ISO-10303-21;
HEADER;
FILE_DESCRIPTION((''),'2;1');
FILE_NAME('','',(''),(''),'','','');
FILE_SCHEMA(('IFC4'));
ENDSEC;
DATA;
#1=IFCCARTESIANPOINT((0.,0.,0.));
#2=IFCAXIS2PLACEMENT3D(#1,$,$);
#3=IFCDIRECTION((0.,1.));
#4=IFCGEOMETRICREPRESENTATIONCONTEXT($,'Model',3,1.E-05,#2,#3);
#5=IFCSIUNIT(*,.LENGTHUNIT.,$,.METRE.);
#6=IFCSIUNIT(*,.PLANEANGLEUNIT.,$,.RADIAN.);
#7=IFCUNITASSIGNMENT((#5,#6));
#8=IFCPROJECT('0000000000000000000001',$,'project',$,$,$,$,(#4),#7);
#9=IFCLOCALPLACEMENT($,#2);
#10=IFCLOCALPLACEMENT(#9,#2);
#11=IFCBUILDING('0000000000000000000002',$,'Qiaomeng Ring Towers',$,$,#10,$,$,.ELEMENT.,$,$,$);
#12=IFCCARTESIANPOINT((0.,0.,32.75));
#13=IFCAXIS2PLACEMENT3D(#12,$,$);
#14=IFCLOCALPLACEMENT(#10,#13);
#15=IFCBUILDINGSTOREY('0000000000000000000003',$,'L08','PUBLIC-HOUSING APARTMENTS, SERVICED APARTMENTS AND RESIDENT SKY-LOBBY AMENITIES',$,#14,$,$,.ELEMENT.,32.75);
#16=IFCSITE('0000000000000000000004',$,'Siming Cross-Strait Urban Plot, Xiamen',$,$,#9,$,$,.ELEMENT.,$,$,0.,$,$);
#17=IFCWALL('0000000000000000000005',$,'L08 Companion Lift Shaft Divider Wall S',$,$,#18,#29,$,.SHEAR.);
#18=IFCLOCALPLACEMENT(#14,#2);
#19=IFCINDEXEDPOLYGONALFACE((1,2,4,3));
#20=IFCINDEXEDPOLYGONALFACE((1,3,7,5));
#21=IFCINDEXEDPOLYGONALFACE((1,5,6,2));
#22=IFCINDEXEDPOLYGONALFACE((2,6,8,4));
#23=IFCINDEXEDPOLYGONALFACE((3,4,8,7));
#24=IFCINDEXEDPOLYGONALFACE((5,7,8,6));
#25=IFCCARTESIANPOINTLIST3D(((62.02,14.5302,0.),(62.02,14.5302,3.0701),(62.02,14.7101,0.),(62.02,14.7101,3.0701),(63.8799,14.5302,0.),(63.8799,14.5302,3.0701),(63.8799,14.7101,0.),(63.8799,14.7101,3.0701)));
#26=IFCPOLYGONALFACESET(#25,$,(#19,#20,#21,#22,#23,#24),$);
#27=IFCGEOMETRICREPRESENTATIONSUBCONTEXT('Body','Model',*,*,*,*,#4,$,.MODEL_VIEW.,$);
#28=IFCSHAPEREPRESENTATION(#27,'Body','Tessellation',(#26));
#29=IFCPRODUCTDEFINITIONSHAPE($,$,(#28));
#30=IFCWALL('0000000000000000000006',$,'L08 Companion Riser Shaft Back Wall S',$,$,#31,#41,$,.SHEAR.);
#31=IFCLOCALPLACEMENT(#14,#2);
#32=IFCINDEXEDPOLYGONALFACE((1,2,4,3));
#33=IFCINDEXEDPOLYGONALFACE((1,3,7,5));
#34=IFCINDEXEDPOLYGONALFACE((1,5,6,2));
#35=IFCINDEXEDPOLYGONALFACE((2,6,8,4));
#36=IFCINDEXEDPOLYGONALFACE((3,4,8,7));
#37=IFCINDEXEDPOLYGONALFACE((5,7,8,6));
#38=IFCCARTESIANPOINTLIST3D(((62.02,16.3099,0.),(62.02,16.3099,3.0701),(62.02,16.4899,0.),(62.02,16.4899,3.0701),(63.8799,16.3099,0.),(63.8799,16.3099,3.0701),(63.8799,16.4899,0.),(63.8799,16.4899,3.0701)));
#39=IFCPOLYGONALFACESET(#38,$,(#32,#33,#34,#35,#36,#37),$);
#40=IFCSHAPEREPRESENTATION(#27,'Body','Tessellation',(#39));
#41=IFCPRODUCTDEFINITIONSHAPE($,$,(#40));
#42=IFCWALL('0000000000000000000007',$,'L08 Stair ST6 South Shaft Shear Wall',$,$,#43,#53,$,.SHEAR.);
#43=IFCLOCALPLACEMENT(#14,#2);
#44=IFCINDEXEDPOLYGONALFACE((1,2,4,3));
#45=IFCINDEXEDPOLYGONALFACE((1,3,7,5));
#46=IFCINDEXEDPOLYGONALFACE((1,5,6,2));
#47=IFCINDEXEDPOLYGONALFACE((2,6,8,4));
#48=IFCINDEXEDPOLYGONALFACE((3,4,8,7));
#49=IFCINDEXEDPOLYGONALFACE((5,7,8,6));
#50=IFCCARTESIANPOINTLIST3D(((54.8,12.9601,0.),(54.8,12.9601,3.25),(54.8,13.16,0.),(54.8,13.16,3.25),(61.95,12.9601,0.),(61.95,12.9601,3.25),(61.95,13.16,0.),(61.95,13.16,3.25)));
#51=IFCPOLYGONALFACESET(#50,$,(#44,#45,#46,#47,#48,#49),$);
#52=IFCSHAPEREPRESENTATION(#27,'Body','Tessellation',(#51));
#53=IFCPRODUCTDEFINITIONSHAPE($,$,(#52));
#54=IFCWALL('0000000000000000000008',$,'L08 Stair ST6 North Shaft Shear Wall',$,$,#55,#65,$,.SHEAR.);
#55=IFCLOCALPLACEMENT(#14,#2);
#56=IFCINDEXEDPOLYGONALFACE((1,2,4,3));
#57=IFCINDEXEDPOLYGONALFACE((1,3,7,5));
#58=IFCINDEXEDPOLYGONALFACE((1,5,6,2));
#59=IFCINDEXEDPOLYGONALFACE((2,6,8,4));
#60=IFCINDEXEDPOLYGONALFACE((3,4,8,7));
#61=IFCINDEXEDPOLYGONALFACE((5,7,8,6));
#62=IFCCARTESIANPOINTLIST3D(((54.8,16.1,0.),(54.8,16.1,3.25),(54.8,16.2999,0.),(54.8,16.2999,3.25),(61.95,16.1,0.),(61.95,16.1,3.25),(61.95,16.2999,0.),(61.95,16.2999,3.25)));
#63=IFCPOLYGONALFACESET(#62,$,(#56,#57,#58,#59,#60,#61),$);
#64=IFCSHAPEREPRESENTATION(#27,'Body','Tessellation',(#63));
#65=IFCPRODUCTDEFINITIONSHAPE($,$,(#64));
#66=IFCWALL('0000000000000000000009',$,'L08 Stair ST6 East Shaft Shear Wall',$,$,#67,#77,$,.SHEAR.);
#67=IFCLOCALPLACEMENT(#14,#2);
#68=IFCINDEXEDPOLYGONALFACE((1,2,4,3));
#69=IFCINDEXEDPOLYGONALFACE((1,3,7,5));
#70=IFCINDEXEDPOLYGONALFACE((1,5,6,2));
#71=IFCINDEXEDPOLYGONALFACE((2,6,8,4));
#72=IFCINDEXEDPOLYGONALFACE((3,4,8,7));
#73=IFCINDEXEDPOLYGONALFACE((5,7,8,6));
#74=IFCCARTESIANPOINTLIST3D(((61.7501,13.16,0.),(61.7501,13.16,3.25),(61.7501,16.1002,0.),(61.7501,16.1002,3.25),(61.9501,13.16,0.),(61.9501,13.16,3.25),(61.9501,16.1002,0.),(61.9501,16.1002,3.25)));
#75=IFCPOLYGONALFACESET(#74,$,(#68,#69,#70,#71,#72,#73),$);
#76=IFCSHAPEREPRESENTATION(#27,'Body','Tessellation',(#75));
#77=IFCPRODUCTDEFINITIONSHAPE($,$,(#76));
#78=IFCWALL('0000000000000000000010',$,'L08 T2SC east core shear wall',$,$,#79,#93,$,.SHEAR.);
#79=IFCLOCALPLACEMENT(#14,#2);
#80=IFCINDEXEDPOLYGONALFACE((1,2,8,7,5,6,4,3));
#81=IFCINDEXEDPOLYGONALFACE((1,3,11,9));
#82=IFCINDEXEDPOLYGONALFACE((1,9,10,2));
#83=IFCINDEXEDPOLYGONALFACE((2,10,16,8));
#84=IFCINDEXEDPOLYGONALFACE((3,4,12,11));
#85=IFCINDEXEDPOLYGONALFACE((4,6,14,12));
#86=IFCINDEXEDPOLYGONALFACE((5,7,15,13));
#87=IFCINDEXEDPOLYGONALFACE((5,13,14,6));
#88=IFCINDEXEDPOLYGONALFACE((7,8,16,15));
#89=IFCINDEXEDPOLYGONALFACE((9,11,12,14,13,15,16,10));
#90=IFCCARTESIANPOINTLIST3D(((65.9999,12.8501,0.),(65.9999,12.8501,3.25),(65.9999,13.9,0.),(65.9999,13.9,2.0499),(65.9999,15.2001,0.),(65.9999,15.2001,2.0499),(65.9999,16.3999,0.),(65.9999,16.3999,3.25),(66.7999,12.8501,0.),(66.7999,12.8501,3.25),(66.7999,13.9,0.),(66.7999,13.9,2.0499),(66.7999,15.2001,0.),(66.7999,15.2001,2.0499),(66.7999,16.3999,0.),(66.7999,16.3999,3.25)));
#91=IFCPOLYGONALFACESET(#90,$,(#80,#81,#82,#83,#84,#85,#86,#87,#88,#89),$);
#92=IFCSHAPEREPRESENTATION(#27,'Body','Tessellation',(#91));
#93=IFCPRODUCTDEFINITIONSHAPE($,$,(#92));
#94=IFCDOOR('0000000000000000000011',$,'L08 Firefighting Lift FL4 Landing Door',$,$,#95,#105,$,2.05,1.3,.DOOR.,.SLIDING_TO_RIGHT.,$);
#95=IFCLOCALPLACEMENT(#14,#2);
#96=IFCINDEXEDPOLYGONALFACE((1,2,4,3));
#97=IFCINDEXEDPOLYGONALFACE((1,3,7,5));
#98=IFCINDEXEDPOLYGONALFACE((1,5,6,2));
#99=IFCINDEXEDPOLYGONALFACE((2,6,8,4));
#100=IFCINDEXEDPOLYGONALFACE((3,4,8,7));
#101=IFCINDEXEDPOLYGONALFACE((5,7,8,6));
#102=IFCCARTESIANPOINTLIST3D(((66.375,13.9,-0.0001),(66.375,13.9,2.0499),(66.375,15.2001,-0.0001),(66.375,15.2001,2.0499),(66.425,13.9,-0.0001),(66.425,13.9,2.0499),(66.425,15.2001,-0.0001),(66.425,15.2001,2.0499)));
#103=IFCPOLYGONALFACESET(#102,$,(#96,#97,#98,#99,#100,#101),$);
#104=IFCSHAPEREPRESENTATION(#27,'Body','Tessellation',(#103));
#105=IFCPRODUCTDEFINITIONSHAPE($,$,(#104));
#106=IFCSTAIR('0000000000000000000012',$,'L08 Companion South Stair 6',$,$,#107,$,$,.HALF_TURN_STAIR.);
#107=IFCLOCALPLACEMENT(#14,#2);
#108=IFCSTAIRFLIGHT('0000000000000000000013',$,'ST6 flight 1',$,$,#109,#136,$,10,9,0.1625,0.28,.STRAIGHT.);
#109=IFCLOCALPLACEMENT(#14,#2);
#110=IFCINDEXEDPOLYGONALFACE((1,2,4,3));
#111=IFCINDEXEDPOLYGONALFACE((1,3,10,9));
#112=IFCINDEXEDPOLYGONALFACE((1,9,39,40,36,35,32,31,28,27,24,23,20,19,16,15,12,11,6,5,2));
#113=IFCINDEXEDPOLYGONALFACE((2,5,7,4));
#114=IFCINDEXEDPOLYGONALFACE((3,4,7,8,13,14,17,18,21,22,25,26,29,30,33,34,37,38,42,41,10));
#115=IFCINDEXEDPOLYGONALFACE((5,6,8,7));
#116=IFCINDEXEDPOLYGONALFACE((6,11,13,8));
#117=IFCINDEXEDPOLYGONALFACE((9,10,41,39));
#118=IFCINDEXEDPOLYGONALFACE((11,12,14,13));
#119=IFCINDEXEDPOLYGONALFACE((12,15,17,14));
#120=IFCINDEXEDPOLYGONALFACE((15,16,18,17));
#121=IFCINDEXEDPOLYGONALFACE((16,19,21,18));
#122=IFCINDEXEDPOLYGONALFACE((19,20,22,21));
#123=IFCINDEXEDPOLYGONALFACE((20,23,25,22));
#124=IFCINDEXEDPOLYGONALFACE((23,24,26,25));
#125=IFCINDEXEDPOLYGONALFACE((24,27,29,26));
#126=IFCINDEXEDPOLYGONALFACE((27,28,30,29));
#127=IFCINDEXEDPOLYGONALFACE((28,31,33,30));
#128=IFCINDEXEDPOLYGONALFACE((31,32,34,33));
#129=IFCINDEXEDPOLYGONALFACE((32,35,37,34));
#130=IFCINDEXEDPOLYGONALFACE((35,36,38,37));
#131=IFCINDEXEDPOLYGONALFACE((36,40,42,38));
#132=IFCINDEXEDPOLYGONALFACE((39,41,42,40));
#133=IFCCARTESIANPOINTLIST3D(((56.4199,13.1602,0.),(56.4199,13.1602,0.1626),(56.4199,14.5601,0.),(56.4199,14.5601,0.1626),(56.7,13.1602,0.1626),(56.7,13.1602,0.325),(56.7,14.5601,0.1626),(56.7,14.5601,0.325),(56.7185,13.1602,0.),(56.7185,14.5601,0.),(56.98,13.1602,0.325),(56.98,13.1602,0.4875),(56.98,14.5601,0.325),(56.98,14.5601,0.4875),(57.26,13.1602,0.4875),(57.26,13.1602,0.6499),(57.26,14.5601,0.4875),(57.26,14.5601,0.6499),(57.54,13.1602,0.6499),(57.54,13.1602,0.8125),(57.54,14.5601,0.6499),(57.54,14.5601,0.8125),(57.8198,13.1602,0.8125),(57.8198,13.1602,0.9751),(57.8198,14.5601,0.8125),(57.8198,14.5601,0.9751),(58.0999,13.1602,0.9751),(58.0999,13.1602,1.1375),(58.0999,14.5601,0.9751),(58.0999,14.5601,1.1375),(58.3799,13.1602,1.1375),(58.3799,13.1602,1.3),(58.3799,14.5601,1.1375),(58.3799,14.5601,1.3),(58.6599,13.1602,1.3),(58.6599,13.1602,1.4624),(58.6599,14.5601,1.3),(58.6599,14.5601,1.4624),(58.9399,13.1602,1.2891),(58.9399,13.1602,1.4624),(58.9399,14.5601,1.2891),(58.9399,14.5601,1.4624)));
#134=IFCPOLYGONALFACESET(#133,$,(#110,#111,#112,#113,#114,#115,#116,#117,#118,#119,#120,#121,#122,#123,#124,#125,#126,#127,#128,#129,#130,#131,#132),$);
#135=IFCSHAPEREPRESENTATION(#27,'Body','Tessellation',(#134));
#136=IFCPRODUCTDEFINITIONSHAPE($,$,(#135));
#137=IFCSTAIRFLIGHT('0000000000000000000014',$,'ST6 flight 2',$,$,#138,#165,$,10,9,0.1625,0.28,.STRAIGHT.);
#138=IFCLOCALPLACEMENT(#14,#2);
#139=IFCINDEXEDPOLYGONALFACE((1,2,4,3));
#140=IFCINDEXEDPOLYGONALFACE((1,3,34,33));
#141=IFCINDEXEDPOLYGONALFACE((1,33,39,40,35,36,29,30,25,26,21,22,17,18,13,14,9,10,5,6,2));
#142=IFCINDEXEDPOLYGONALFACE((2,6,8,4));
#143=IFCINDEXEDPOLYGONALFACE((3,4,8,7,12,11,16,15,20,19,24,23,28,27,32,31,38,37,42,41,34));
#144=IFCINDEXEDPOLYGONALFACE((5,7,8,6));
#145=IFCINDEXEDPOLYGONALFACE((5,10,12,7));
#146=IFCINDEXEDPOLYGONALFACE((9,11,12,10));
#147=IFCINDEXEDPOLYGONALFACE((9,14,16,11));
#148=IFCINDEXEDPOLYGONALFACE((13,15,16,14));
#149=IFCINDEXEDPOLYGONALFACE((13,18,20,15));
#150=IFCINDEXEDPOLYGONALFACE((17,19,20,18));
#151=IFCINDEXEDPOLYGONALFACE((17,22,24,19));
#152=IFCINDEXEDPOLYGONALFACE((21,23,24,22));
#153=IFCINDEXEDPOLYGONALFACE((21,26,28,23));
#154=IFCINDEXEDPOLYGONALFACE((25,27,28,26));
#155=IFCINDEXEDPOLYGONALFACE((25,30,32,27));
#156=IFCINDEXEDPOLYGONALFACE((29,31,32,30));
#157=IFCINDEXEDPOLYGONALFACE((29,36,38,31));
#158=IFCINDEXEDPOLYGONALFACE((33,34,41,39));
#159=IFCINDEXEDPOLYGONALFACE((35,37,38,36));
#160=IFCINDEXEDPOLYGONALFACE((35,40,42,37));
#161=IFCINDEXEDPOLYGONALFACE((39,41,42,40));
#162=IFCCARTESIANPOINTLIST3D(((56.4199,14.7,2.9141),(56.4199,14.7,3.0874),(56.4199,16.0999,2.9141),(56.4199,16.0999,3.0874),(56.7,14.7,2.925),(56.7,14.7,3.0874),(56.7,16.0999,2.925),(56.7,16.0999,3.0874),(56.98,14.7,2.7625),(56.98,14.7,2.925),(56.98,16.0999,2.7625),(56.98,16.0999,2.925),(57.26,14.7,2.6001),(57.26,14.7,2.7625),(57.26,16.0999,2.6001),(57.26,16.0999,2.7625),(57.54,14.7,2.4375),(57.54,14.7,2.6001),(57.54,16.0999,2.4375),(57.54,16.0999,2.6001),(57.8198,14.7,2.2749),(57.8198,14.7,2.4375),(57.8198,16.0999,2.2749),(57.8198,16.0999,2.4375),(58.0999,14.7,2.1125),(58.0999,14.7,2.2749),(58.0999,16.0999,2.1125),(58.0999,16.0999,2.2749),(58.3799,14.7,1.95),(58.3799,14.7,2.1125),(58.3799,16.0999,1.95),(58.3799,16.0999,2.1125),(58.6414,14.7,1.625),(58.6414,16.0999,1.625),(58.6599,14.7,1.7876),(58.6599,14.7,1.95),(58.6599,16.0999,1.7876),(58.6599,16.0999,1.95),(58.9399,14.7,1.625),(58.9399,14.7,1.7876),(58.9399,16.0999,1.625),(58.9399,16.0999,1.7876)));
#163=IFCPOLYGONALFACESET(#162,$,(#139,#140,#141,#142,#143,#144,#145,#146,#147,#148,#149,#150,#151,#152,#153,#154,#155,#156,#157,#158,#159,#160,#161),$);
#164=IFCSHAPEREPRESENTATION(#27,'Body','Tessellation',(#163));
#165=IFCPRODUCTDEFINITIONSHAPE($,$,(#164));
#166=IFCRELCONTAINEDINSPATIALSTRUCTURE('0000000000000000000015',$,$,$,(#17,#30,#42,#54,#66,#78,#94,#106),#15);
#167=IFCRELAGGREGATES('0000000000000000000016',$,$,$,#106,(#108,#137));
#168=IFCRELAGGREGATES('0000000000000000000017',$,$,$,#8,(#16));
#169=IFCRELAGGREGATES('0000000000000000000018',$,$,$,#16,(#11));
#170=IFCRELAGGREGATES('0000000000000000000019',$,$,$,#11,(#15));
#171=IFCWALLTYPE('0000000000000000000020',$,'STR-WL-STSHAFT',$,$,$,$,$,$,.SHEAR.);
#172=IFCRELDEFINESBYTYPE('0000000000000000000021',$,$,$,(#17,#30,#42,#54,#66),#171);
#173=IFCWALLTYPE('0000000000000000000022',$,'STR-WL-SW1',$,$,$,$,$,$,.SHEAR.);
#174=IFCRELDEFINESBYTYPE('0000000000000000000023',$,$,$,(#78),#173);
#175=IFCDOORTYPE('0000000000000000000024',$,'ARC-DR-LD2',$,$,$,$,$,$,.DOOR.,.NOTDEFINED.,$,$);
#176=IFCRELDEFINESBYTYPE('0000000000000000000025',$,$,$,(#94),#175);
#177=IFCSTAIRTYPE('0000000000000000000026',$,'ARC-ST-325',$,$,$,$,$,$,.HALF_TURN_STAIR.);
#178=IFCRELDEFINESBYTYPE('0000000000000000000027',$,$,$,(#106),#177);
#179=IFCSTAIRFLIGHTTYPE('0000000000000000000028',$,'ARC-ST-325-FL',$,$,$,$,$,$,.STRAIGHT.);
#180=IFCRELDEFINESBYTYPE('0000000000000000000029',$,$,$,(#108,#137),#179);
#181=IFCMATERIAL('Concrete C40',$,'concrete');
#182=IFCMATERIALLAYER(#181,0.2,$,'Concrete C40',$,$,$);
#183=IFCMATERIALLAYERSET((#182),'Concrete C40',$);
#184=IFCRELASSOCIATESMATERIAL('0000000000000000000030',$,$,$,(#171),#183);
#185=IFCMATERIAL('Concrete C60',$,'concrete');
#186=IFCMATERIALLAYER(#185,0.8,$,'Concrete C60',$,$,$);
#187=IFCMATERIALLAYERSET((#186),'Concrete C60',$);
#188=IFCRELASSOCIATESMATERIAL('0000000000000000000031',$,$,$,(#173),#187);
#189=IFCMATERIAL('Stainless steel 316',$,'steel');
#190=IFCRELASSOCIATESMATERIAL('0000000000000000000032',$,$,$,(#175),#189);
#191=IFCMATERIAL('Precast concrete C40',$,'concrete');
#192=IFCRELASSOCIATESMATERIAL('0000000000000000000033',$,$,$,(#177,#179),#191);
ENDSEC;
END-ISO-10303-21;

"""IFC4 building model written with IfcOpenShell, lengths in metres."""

from ifc_helpers import new_model, si_unit, direction, frame, frame_2d, origin, place, context, subcontext, project, spatial, polyline, rectangle, outline, extrude, source, transform, mapped, material, layer, layer_set, type_object, element, fill, aggregate, save


model = new_model("IFC4")

# Units and contexts
model_context = context("Model", 3, precision=1e-05, world=origin(), true_north=direction((0.0, 1.0)))
body_context = subcontext(model_context, "Body", "Model", "MODEL_VIEW")
ifc_project = project(units=[si_unit("LENGTHUNIT", "METRE"), si_unit("PLANEANGLEUNIT", "RADIAN")], contexts=[model_context])

# Site, building, storey
site_placement = place(None, origin())
site = spatial("IfcSite", under=ifc_project, at=site_placement, Name="Siming Cross-Strait Urban Plot, Xiamen", CompositionType="ELEMENT", RefElevation=0.0)
building_placement = place(site_placement, origin())
building = spatial("IfcBuilding", under=site, at=building_placement, Name="Qiaomeng Ring Towers", CompositionType="ELEMENT")
storey_placement = place(building_placement, frame((0.0, 0.0, 32.75)))
storey = spatial("IfcBuildingStorey", under=building, at=storey_placement, Name="L08", Description="PUBLIC-HOUSING APARTMENTS, SERVICED APARTMENTS AND RESIDENT SKY-LOBBY AMENITIES", CompositionType="ELEMENT", Elevation=32.75)

# Walls
ifc_material_1 = material(Name="Concrete C40", Category="concrete")
ifc_layer_1 = layer(ifc_material_1, 0.2, Name="Concrete C40")
ifc_layer_set_1 = layer_set([ifc_layer_1], Name="Concrete C40")
wall_type_1 = type_object("IfcWallType", Name="STR-WL-STSHAFT", PredefinedType="SHEAR", material=ifc_layer_set_1)
for number, where, z_axis, x_axis, name in (
    (1, (62.02, 14.6201, 0.0), (0.0, 0.0, 1.0), (1.0, 0.0, 0.0), "L08 Companion Lift Shaft Divider Wall S"),
    (2, (62.02, 16.3999, 0.0), (0.0, 0.0, 1.0), (1.0, 0.0, 0.0), "L08 Companion Riser Shaft Back Wall S"),
):
    element("IfcWall", number, at=place(storey_placement, frame(where, z_axis=z_axis, x_axis=x_axis)), inside=storey, type_object=wall_type_1, Name=name, PredefinedType="SHEAR", context=body_context, shape_type="SweptSolid", body=[
        extrude(rectangle(XDim=1.8599, YDim=0.1799, at=frame_2d((0.9299, 0.0))), origin(), (0.0, 0.0, 1.0), 3.0701),
    ])
for number, where, z_axis, x_axis, name in (
    (3, (54.8, 13.0601, 0.0), (0.0, 0.0, 1.0), (1.0, 0.0, 0.0), "L08 Stair ST6 South Shaft Shear Wall"),
    (4, (54.8, 16.2, 0.0), (0.0, 0.0, 1.0), (1.0, 0.0, 0.0), "L08 Stair ST6 North Shaft Shear Wall"),
):
    element("IfcWall", number, at=place(storey_placement, frame(where, z_axis=z_axis, x_axis=x_axis)), inside=storey, type_object=wall_type_1, Name=name, PredefinedType="SHEAR", context=body_context, shape_type="SweptSolid", body=[
        extrude(rectangle(XDim=7.1499, YDim=0.2, at=frame_2d((3.575, 0.0))), origin(), (0.0, 0.0, 1.0), 3.25),
    ])
wall_1_placement = place(storey_placement, frame((61.8501, 13.1599, 0.0), z_axis=(0.0, 0.0, 1.0), x_axis=(0.0, 1.0, 0.0)))
element("IfcWall", 5, at=wall_1_placement, inside=storey, type_object=wall_type_1, Name="L08 Stair ST6 East Shaft Shear Wall", PredefinedType="SHEAR", context=body_context, shape_type="SweptSolid", body=[
    extrude(rectangle(XDim=2.9402, YDim=0.2, at=frame_2d((1.4702, 0.0))), origin(), (0.0, 0.0, 1.0), 3.25),
])

# Wall, opening, door
ifc_material_2 = material(Name="Concrete C60", Category="concrete")
ifc_layer_2 = layer(ifc_material_2, 0.8, Name="Concrete C60")
ifc_layer_set_2 = layer_set([ifc_layer_2], Name="Concrete C60")
wall_type_2 = type_object("IfcWallType", Name="STR-WL-SW1", PredefinedType="SHEAR", material=ifc_layer_set_2)
wall_2_placement = place(storey_placement, frame((66.3999, 12.8501, 0.0), z_axis=(0.0, 0.0, 1.0), x_axis=(0.0, 1.0, 0.0)))
wall_2 = element("IfcWall", 6, at=wall_2_placement, inside=storey, type_object=wall_type_2, Name="L08 T2SC east core shear wall", PredefinedType="SHEAR", context=body_context, shape_type="SweptSolid", body=[
    extrude(rectangle(XDim=3.5498, YDim=0.8, at=frame_2d((1.7749, 0.0))), origin(), (0.0, 0.0, 1.0), 3.25),
])
opening_placement = place(wall_2_placement, frame((1.05, 0.0, 0.0)))
opening = element("IfcOpeningElement", 7, at=opening_placement, cuts=wall_2, PredefinedType="OPENING", context=body_context, shape_type="SweptSolid", body=[
    extrude(rectangle(XDim=1.3, YDim=2.05, at=frame_2d((0.6499, 1.0249))), frame((0.0, 0.4099, 0.0), z_axis=(0.0, -1.0, 0.0), x_axis=(1.0, 0.0, 0.0)), (0.0, 0.0, 1.0), 0.8201),
])
ifc_material_3 = material(Name="Stainless steel 316", Category="steel")
door_type = type_object("IfcDoorType", Name="ARC-DR-LD2", OperationType="NOTDEFINED", PredefinedType="DOOR", material=ifc_material_3)
shared_shape_1 = source(origin(), body_context, "Body", "SweptSolid", [
    extrude(rectangle(XDim=1.3, YDim=2.05, at=frame_2d((0.6499, 1.0249))), frame((0.0, 0.0249, 0.0), z_axis=(0.0, -1.0, 0.0), x_axis=(1.0, 0.0, 0.0)), (0.0, 0.0, 1.0), 0.05),
])
door_placement = place(opening_placement, origin())
door = element("IfcDoor", 8, at=door_placement, inside=storey, type_object=door_type, Name="L08 Firefighting Lift FL4 Landing Door", OperationType="SLIDING_TO_RIGHT", OverallHeight=2.05, OverallWidth=1.3, PredefinedType="DOOR", context=body_context, shape_type="MappedRepresentation", body=[
    mapped(shared_shape_1, transform((0.0, 0.0, 0.0), x_axis=(1.0, 0.0, 0.0), y_axis=(0.0, 1.0, 0.0), z_axis=(0.0, 0.0, 1.0), scale=1.0)),
])
fill(opening, door)

# Stair, stair flights
ifc_material_4 = material(Name="Precast concrete C40", Category="concrete")
stair_type = type_object("IfcStairType", Name="ARC-ST-325", PredefinedType="HALF_TURN_STAIR", material=ifc_material_4)
stair_placement = place(storey_placement, origin())
stair = element("IfcStair", 9, at=stair_placement, inside=storey, type_object=stair_type, Name="L08 Companion South Stair 6", PredefinedType="HALF_TURN_STAIR")
stair_flight_type = type_object("IfcStairFlightType", Name="ARC-ST-325-FL", PredefinedType="STRAIGHT", material=ifc_material_4)
shared_shape_2 = source(origin(), body_context, "Body", "SweptSolid", [
    extrude(outline(polyline([(0.0, 0.0), (0.0, 0.1626), (0.28, 0.1626), (0.28, 0.325), (0.5601, 0.325), (0.5601, 0.4875), (0.8401, 0.4875), (0.8401, 0.6499), (1.1201, 0.6499), (1.1201, 0.8125), (1.3999, 0.8125), (1.3999, 0.9751), (1.6799, 0.9751), (1.6799, 1.1375), (1.96, 1.1375), (1.96, 1.3), (2.24, 1.3), (2.24, 1.4624), (2.52, 1.4624), (2.52, 1.625), (2.52, 1.2891), (0.2986, 0.0), (0.0, 0.0)])), frame((0.0, 0.7, 0.0), z_axis=(0.0, -1.0, 0.0), x_axis=(1.0, 0.0, 0.0)), (0.0, 0.0, 1.0), 1.3999),
])
stair_flight_1_placement = place(storey_placement, frame((56.4199, 13.8601, 0.0), z_axis=(0.0, 0.0, 1.0), x_axis=(1.0, 0.0, 0.0)))
stair_flight_1 = element("IfcStairFlight", 10, at=stair_flight_1_placement, type_object=stair_flight_type, Name="ST6 flight 1", NumberOfRisers=10, NumberOfTreads=9, PredefinedType="STRAIGHT", RiserHeight=0.1625, TreadLength=0.28, context=body_context, shape_type="MappedRepresentation", body=[
    mapped(shared_shape_2, transform((0.0, 0.0, 0.0), x_axis=(1.0, 0.0, 0.0), y_axis=(0.0, 1.0, 0.0), z_axis=(0.0, 0.0, 1.0), scale=1.0)),
])
stair_flight_2_placement = place(storey_placement, frame((58.9399, 15.3999, 1.625), z_axis=(0.0, 0.0, 1.0), x_axis=(-1.0, 0.0, 0.0)))
stair_flight_2 = element("IfcStairFlight", 11, at=stair_flight_2_placement, type_object=stair_flight_type, Name="ST6 flight 2", NumberOfRisers=10, NumberOfTreads=9, PredefinedType="STRAIGHT", RiserHeight=0.1625, TreadLength=0.28, context=body_context, shape_type="MappedRepresentation", body=[
    mapped(shared_shape_2, transform((0.0, 0.0, 0.0), x_axis=(1.0, 0.0, 0.0), y_axis=(0.0, 1.0, 0.0), z_axis=(0.0, 0.0, 1.0), scale=1.0)),
])
aggregate(stair, [stair_flight_1, stair_flight_2])

save(model, "model.ifc")
